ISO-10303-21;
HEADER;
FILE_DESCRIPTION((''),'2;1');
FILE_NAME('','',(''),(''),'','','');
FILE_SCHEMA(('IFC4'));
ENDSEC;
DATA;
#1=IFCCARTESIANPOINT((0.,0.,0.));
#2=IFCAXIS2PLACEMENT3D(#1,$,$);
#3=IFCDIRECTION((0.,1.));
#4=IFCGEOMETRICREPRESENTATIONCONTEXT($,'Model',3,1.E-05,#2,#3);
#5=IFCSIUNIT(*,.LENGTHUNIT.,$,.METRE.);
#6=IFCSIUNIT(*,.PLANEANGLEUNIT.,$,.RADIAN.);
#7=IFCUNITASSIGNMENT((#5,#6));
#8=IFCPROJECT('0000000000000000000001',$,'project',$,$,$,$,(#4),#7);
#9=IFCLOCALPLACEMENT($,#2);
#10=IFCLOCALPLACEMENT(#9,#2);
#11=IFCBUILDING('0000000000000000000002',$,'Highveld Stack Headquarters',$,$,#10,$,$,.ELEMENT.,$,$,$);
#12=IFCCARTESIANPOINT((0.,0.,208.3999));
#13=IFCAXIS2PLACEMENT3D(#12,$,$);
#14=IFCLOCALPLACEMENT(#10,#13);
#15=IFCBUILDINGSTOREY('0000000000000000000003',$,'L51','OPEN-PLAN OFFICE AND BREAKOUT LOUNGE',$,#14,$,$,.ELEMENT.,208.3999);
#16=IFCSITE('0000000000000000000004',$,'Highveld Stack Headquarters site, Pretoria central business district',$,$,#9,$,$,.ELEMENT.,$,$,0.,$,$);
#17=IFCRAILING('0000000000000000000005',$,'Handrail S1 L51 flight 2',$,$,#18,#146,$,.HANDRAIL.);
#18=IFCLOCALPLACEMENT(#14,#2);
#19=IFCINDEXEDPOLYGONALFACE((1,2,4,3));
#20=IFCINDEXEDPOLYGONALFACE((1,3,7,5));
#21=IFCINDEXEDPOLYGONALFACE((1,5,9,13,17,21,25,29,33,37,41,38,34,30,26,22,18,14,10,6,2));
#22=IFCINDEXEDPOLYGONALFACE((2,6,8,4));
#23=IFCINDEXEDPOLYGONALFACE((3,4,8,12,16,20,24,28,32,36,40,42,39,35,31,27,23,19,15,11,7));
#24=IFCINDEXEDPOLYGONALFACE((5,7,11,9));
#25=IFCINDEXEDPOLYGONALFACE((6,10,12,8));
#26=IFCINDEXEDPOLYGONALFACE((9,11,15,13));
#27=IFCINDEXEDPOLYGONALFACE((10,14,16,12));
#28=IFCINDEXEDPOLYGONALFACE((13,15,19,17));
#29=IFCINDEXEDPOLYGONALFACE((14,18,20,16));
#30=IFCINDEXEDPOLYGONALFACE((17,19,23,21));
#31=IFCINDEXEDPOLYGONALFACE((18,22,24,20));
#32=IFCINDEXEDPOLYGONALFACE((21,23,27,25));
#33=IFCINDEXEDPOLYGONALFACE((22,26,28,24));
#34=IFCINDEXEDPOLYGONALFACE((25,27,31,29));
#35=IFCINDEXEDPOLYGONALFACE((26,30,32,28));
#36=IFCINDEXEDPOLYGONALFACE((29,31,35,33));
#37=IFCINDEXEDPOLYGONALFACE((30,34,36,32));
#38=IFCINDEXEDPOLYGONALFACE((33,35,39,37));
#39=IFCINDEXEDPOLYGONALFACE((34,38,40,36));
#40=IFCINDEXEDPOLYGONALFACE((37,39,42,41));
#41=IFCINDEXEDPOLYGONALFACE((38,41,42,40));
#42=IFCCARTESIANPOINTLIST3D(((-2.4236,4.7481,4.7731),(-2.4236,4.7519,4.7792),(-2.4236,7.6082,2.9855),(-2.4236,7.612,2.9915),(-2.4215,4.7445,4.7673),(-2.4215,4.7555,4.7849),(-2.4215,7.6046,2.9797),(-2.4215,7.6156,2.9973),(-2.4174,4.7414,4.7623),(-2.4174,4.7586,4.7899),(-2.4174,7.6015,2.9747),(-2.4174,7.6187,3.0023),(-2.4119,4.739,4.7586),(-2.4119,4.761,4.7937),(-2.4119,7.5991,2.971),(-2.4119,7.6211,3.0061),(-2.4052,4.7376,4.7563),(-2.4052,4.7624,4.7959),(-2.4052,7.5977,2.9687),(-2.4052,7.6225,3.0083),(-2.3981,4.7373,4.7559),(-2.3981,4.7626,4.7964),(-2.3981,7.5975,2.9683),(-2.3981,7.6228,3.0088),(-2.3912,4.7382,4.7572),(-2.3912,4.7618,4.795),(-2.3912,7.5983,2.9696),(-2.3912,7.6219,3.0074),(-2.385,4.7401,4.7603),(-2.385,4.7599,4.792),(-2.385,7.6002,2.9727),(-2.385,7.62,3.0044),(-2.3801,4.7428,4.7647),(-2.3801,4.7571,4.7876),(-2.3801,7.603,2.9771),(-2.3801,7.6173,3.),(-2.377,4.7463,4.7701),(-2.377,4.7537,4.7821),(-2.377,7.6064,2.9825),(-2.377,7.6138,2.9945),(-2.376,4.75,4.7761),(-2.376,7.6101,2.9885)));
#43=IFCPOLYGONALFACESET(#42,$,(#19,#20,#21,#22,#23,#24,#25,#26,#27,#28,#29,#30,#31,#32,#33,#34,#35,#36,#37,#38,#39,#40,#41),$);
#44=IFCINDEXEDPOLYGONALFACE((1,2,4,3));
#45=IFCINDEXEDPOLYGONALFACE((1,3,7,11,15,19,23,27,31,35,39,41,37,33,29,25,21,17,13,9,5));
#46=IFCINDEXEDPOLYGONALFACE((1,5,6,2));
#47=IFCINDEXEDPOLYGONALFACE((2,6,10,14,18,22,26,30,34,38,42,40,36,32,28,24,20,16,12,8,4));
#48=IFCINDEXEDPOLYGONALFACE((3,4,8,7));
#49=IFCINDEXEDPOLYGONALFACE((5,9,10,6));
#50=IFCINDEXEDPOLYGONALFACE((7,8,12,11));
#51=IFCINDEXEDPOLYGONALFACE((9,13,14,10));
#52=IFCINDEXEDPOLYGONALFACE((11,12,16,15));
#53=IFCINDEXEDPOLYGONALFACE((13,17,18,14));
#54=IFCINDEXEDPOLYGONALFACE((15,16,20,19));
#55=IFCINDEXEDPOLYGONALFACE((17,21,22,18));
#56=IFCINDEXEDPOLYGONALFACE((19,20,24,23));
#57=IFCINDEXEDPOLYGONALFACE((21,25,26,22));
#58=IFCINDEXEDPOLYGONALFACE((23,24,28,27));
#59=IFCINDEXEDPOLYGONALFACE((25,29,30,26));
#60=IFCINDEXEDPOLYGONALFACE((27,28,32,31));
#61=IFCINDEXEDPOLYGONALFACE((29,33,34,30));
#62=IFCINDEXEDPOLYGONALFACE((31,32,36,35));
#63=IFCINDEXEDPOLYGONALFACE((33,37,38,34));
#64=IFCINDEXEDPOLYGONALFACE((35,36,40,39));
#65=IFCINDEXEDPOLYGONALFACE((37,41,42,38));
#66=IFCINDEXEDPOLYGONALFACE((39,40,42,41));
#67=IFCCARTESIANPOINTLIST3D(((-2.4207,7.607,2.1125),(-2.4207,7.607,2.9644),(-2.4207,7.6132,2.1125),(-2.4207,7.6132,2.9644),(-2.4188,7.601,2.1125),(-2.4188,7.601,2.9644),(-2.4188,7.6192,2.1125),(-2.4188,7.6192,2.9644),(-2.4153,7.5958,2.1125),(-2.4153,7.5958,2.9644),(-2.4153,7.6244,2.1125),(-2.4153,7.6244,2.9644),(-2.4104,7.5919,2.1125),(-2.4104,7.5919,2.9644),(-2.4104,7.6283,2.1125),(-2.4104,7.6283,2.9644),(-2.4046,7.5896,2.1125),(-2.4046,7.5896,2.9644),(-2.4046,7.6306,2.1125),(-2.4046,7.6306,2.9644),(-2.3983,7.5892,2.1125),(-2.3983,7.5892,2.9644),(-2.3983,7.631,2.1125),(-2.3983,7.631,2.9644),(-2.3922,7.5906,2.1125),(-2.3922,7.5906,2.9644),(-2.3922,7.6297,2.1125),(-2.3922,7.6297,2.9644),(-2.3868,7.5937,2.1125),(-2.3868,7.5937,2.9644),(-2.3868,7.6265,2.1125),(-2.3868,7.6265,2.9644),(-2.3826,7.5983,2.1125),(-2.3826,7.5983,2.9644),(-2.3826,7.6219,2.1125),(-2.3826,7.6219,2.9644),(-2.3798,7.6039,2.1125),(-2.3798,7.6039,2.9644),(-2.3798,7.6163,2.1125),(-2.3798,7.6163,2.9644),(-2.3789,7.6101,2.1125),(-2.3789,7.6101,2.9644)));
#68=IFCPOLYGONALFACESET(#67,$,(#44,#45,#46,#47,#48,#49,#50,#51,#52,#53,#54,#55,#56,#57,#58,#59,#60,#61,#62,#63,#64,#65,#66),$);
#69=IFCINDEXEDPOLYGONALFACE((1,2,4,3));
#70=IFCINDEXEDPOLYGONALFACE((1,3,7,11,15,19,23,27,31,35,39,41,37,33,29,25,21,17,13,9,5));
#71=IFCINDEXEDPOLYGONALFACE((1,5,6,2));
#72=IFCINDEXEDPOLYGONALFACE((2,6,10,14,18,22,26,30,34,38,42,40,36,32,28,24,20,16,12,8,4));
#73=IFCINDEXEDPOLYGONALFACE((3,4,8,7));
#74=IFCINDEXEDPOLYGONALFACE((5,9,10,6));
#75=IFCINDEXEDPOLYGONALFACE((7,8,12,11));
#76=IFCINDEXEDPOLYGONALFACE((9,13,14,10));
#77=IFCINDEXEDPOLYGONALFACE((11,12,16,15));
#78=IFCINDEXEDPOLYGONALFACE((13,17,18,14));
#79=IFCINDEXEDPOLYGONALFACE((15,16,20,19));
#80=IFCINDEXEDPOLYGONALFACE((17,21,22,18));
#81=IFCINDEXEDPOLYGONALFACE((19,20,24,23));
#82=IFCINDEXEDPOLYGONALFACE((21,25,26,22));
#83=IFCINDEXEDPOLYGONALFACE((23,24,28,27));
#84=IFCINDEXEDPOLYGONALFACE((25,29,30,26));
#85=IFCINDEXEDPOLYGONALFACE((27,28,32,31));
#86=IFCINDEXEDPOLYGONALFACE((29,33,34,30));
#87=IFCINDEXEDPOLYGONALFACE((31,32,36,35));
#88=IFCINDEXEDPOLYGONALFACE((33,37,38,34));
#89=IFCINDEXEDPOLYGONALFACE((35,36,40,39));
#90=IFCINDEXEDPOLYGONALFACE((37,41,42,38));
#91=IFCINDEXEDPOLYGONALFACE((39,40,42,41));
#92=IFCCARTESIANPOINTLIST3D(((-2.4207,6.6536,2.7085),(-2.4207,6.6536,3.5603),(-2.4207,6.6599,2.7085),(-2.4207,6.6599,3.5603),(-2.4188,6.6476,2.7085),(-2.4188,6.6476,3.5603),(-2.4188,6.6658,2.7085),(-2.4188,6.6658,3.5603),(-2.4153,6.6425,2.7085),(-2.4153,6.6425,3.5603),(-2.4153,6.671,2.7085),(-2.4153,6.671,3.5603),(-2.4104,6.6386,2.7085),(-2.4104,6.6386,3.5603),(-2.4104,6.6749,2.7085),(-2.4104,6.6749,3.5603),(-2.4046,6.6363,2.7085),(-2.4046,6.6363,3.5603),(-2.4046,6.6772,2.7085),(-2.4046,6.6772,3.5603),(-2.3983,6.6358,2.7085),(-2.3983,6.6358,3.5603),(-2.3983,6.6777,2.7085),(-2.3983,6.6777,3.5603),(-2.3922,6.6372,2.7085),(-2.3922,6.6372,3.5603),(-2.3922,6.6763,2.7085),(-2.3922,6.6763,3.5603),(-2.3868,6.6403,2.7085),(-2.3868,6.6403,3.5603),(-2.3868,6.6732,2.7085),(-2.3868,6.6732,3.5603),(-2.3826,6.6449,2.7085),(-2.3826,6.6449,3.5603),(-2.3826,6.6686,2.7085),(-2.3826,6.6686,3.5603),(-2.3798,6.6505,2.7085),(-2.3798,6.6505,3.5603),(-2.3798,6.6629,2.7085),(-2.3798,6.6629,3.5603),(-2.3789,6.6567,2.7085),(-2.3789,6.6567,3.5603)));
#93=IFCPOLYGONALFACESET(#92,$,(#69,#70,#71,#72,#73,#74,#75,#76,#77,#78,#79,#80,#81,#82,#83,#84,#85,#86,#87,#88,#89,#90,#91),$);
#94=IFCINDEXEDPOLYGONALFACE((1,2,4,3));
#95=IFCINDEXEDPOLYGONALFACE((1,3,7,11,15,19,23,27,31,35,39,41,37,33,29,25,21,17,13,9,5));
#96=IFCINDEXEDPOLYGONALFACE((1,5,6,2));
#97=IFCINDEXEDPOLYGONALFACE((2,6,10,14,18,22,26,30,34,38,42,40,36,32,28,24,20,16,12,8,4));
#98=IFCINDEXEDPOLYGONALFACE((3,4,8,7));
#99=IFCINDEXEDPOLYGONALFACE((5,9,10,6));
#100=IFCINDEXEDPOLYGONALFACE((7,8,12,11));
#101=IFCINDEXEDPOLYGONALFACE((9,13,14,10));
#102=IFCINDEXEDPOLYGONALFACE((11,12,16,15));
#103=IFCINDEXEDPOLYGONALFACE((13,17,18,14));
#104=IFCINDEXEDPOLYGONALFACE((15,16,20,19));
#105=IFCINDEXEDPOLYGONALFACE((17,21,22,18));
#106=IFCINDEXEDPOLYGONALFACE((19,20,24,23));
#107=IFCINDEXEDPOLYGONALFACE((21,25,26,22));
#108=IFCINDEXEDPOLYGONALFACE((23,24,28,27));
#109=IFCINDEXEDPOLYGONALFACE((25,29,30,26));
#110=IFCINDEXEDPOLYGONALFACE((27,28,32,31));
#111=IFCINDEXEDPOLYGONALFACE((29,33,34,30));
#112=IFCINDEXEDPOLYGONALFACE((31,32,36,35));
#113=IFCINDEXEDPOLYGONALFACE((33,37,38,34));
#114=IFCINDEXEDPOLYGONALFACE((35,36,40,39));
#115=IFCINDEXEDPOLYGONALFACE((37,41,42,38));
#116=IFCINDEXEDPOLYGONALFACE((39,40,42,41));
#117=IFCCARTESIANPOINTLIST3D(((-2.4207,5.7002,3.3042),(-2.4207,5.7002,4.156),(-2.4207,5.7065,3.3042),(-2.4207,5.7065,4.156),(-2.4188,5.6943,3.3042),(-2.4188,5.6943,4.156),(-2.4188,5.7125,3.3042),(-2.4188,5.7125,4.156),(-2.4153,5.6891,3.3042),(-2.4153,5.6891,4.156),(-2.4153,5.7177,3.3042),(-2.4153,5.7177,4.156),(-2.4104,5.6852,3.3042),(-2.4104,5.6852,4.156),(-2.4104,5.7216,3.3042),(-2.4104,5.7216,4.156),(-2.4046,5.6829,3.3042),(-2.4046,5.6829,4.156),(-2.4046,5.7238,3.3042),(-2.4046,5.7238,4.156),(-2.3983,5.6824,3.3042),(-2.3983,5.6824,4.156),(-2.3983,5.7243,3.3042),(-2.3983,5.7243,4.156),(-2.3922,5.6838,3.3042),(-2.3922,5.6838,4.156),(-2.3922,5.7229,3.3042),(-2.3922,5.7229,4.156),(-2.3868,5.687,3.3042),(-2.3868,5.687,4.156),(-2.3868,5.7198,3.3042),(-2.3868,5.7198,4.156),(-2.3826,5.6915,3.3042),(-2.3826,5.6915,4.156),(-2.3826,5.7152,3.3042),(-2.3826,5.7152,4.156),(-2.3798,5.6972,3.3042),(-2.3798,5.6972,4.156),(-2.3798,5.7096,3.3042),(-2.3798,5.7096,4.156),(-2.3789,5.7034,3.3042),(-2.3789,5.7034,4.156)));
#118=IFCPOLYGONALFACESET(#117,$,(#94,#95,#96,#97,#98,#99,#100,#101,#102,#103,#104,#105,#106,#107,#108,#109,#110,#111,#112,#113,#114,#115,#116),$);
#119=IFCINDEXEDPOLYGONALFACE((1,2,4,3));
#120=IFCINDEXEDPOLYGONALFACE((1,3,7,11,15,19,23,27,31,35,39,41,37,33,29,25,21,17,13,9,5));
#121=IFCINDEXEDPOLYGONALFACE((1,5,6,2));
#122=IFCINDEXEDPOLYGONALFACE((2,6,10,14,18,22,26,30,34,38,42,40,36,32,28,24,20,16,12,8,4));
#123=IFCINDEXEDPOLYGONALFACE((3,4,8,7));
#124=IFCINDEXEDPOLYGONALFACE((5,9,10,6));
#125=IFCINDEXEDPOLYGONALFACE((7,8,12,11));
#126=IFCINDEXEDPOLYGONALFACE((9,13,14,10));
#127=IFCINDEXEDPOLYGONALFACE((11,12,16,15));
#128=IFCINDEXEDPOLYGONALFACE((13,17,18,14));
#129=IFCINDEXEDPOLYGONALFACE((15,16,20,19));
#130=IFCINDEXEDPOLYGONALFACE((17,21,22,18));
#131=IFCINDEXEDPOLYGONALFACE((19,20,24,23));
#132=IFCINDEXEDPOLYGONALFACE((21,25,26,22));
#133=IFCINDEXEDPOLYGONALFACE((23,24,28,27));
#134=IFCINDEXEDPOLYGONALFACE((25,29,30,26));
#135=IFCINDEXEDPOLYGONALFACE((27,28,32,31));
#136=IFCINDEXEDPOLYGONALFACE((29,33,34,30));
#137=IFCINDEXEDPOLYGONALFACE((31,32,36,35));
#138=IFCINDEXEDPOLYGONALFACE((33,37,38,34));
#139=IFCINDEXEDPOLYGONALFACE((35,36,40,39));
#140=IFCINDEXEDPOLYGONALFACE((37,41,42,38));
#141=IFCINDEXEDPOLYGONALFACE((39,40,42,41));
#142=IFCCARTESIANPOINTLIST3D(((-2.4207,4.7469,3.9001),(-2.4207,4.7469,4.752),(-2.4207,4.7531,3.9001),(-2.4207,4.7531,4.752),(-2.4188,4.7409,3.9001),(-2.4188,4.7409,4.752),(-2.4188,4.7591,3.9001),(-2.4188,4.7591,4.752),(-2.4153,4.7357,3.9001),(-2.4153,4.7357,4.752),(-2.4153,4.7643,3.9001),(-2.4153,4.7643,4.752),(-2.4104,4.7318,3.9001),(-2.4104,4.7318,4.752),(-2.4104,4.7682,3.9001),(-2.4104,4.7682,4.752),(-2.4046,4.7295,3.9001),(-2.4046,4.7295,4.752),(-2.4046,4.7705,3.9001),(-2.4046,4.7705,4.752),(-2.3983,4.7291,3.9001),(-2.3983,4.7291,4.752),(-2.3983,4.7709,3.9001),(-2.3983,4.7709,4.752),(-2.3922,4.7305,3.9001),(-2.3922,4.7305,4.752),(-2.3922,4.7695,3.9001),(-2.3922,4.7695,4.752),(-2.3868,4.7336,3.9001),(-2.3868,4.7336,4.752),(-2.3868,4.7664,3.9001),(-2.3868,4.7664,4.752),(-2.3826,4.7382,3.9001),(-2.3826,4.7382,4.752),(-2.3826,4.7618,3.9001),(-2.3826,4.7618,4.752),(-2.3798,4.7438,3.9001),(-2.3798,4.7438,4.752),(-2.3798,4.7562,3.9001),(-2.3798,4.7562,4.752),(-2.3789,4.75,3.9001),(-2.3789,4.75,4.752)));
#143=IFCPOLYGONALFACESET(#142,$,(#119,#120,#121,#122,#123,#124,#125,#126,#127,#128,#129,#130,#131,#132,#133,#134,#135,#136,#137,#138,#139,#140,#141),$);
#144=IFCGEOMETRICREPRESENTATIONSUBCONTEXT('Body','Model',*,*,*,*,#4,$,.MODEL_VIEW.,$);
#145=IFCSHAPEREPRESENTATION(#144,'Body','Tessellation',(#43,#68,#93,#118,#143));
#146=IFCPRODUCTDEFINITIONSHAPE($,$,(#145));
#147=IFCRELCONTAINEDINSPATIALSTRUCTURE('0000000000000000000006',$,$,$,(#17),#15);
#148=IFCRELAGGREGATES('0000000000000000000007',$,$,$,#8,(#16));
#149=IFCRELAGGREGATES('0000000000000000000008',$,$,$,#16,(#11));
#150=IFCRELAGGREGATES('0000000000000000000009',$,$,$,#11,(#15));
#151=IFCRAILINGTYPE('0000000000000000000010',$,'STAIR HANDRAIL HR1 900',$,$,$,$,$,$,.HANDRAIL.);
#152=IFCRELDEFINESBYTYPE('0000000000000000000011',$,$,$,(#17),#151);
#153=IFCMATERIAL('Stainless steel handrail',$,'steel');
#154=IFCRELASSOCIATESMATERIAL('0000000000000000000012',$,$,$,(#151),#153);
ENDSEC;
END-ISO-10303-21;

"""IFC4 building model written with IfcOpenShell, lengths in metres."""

from ifc_helpers import new_model, si_unit, direction, frame, origin, origin_2d, place, context, subcontext, project, spatial, circle, extrude, material, type_object, element, save


model = new_model("IFC4")

# Units and contexts
model_context = context("Model", 3, precision=1e-05, world=origin(), true_north=direction((0.0, 1.0)))
body_context = subcontext(model_context, "Body", "Model", "MODEL_VIEW")
ifc_project = project(units=[si_unit("LENGTHUNIT", "METRE"), si_unit("PLANEANGLEUNIT", "RADIAN")], contexts=[model_context])

# Site, building, storey
site_placement = place(None, origin())
site = spatial("IfcSite", under=ifc_project, at=site_placement, Name="Highveld Stack Headquarters site, Pretoria central business district", CompositionType="ELEMENT", RefElevation=0.0)
building_placement = place(site_placement, origin())
building = spatial("IfcBuilding", under=site, at=building_placement, Name="Highveld Stack Headquarters", CompositionType="ELEMENT")
storey_placement = place(building_placement, frame((0.0, 0.0, 208.3999)))
storey = spatial("IfcBuildingStorey", under=building, at=storey_placement, Name="L51", Description="OPEN-PLAN OFFICE AND BREAKOUT LOUNGE", CompositionType="ELEMENT", Elevation=208.3999)

# Railing
ifc_material_1 = material(Name="Stainless steel handrail", Category="steel")
railing_type = type_object("IfcRailingType", Name="STAIR HANDRAIL HR1 900", PredefinedType="HANDRAIL", material=ifc_material_1)
for number, where, name in (
    (1, (-2.3999, 7.6101, 2.1125), "Handrail S1 L51 flight 2"),
):
    element("IfcRailing", number, at=place(storey_placement, frame(where)), inside=storey, type_object=railing_type, Name=name, PredefinedType="HANDRAIL", context=body_context, shape_type="SweptSolid", body=[
        extrude(circle(Radius=0.0239, at=origin_2d()), frame((0.0, 0.0, 0.876), z_axis=(0.0, -0.847994, 0.530005), x_axis=(1.0, 0.0, 0.0)), (0.0, 0.0, 1.0), 3.3728),
        extrude(circle(Radius=0.021, at=origin_2d()), origin(), (0.0, 0.0, 1.0), 0.8518),
        extrude(circle(Radius=0.021, at=origin_2d()), frame((0.0, -0.9534, 0.5959)), (0.0, 0.0, 1.0), 0.8518),
        extrude(circle(Radius=0.021, at=origin_2d()), frame((0.0, -1.9067, 1.1917)), (0.0, 0.0, 1.0), 0.8518),
        extrude(circle(Radius=0.021, at=origin_2d()), frame((0.0, -2.8601, 1.7876)), (0.0, 0.0, 1.0), 0.8518),
    ])

save(model, "model.ifc")
